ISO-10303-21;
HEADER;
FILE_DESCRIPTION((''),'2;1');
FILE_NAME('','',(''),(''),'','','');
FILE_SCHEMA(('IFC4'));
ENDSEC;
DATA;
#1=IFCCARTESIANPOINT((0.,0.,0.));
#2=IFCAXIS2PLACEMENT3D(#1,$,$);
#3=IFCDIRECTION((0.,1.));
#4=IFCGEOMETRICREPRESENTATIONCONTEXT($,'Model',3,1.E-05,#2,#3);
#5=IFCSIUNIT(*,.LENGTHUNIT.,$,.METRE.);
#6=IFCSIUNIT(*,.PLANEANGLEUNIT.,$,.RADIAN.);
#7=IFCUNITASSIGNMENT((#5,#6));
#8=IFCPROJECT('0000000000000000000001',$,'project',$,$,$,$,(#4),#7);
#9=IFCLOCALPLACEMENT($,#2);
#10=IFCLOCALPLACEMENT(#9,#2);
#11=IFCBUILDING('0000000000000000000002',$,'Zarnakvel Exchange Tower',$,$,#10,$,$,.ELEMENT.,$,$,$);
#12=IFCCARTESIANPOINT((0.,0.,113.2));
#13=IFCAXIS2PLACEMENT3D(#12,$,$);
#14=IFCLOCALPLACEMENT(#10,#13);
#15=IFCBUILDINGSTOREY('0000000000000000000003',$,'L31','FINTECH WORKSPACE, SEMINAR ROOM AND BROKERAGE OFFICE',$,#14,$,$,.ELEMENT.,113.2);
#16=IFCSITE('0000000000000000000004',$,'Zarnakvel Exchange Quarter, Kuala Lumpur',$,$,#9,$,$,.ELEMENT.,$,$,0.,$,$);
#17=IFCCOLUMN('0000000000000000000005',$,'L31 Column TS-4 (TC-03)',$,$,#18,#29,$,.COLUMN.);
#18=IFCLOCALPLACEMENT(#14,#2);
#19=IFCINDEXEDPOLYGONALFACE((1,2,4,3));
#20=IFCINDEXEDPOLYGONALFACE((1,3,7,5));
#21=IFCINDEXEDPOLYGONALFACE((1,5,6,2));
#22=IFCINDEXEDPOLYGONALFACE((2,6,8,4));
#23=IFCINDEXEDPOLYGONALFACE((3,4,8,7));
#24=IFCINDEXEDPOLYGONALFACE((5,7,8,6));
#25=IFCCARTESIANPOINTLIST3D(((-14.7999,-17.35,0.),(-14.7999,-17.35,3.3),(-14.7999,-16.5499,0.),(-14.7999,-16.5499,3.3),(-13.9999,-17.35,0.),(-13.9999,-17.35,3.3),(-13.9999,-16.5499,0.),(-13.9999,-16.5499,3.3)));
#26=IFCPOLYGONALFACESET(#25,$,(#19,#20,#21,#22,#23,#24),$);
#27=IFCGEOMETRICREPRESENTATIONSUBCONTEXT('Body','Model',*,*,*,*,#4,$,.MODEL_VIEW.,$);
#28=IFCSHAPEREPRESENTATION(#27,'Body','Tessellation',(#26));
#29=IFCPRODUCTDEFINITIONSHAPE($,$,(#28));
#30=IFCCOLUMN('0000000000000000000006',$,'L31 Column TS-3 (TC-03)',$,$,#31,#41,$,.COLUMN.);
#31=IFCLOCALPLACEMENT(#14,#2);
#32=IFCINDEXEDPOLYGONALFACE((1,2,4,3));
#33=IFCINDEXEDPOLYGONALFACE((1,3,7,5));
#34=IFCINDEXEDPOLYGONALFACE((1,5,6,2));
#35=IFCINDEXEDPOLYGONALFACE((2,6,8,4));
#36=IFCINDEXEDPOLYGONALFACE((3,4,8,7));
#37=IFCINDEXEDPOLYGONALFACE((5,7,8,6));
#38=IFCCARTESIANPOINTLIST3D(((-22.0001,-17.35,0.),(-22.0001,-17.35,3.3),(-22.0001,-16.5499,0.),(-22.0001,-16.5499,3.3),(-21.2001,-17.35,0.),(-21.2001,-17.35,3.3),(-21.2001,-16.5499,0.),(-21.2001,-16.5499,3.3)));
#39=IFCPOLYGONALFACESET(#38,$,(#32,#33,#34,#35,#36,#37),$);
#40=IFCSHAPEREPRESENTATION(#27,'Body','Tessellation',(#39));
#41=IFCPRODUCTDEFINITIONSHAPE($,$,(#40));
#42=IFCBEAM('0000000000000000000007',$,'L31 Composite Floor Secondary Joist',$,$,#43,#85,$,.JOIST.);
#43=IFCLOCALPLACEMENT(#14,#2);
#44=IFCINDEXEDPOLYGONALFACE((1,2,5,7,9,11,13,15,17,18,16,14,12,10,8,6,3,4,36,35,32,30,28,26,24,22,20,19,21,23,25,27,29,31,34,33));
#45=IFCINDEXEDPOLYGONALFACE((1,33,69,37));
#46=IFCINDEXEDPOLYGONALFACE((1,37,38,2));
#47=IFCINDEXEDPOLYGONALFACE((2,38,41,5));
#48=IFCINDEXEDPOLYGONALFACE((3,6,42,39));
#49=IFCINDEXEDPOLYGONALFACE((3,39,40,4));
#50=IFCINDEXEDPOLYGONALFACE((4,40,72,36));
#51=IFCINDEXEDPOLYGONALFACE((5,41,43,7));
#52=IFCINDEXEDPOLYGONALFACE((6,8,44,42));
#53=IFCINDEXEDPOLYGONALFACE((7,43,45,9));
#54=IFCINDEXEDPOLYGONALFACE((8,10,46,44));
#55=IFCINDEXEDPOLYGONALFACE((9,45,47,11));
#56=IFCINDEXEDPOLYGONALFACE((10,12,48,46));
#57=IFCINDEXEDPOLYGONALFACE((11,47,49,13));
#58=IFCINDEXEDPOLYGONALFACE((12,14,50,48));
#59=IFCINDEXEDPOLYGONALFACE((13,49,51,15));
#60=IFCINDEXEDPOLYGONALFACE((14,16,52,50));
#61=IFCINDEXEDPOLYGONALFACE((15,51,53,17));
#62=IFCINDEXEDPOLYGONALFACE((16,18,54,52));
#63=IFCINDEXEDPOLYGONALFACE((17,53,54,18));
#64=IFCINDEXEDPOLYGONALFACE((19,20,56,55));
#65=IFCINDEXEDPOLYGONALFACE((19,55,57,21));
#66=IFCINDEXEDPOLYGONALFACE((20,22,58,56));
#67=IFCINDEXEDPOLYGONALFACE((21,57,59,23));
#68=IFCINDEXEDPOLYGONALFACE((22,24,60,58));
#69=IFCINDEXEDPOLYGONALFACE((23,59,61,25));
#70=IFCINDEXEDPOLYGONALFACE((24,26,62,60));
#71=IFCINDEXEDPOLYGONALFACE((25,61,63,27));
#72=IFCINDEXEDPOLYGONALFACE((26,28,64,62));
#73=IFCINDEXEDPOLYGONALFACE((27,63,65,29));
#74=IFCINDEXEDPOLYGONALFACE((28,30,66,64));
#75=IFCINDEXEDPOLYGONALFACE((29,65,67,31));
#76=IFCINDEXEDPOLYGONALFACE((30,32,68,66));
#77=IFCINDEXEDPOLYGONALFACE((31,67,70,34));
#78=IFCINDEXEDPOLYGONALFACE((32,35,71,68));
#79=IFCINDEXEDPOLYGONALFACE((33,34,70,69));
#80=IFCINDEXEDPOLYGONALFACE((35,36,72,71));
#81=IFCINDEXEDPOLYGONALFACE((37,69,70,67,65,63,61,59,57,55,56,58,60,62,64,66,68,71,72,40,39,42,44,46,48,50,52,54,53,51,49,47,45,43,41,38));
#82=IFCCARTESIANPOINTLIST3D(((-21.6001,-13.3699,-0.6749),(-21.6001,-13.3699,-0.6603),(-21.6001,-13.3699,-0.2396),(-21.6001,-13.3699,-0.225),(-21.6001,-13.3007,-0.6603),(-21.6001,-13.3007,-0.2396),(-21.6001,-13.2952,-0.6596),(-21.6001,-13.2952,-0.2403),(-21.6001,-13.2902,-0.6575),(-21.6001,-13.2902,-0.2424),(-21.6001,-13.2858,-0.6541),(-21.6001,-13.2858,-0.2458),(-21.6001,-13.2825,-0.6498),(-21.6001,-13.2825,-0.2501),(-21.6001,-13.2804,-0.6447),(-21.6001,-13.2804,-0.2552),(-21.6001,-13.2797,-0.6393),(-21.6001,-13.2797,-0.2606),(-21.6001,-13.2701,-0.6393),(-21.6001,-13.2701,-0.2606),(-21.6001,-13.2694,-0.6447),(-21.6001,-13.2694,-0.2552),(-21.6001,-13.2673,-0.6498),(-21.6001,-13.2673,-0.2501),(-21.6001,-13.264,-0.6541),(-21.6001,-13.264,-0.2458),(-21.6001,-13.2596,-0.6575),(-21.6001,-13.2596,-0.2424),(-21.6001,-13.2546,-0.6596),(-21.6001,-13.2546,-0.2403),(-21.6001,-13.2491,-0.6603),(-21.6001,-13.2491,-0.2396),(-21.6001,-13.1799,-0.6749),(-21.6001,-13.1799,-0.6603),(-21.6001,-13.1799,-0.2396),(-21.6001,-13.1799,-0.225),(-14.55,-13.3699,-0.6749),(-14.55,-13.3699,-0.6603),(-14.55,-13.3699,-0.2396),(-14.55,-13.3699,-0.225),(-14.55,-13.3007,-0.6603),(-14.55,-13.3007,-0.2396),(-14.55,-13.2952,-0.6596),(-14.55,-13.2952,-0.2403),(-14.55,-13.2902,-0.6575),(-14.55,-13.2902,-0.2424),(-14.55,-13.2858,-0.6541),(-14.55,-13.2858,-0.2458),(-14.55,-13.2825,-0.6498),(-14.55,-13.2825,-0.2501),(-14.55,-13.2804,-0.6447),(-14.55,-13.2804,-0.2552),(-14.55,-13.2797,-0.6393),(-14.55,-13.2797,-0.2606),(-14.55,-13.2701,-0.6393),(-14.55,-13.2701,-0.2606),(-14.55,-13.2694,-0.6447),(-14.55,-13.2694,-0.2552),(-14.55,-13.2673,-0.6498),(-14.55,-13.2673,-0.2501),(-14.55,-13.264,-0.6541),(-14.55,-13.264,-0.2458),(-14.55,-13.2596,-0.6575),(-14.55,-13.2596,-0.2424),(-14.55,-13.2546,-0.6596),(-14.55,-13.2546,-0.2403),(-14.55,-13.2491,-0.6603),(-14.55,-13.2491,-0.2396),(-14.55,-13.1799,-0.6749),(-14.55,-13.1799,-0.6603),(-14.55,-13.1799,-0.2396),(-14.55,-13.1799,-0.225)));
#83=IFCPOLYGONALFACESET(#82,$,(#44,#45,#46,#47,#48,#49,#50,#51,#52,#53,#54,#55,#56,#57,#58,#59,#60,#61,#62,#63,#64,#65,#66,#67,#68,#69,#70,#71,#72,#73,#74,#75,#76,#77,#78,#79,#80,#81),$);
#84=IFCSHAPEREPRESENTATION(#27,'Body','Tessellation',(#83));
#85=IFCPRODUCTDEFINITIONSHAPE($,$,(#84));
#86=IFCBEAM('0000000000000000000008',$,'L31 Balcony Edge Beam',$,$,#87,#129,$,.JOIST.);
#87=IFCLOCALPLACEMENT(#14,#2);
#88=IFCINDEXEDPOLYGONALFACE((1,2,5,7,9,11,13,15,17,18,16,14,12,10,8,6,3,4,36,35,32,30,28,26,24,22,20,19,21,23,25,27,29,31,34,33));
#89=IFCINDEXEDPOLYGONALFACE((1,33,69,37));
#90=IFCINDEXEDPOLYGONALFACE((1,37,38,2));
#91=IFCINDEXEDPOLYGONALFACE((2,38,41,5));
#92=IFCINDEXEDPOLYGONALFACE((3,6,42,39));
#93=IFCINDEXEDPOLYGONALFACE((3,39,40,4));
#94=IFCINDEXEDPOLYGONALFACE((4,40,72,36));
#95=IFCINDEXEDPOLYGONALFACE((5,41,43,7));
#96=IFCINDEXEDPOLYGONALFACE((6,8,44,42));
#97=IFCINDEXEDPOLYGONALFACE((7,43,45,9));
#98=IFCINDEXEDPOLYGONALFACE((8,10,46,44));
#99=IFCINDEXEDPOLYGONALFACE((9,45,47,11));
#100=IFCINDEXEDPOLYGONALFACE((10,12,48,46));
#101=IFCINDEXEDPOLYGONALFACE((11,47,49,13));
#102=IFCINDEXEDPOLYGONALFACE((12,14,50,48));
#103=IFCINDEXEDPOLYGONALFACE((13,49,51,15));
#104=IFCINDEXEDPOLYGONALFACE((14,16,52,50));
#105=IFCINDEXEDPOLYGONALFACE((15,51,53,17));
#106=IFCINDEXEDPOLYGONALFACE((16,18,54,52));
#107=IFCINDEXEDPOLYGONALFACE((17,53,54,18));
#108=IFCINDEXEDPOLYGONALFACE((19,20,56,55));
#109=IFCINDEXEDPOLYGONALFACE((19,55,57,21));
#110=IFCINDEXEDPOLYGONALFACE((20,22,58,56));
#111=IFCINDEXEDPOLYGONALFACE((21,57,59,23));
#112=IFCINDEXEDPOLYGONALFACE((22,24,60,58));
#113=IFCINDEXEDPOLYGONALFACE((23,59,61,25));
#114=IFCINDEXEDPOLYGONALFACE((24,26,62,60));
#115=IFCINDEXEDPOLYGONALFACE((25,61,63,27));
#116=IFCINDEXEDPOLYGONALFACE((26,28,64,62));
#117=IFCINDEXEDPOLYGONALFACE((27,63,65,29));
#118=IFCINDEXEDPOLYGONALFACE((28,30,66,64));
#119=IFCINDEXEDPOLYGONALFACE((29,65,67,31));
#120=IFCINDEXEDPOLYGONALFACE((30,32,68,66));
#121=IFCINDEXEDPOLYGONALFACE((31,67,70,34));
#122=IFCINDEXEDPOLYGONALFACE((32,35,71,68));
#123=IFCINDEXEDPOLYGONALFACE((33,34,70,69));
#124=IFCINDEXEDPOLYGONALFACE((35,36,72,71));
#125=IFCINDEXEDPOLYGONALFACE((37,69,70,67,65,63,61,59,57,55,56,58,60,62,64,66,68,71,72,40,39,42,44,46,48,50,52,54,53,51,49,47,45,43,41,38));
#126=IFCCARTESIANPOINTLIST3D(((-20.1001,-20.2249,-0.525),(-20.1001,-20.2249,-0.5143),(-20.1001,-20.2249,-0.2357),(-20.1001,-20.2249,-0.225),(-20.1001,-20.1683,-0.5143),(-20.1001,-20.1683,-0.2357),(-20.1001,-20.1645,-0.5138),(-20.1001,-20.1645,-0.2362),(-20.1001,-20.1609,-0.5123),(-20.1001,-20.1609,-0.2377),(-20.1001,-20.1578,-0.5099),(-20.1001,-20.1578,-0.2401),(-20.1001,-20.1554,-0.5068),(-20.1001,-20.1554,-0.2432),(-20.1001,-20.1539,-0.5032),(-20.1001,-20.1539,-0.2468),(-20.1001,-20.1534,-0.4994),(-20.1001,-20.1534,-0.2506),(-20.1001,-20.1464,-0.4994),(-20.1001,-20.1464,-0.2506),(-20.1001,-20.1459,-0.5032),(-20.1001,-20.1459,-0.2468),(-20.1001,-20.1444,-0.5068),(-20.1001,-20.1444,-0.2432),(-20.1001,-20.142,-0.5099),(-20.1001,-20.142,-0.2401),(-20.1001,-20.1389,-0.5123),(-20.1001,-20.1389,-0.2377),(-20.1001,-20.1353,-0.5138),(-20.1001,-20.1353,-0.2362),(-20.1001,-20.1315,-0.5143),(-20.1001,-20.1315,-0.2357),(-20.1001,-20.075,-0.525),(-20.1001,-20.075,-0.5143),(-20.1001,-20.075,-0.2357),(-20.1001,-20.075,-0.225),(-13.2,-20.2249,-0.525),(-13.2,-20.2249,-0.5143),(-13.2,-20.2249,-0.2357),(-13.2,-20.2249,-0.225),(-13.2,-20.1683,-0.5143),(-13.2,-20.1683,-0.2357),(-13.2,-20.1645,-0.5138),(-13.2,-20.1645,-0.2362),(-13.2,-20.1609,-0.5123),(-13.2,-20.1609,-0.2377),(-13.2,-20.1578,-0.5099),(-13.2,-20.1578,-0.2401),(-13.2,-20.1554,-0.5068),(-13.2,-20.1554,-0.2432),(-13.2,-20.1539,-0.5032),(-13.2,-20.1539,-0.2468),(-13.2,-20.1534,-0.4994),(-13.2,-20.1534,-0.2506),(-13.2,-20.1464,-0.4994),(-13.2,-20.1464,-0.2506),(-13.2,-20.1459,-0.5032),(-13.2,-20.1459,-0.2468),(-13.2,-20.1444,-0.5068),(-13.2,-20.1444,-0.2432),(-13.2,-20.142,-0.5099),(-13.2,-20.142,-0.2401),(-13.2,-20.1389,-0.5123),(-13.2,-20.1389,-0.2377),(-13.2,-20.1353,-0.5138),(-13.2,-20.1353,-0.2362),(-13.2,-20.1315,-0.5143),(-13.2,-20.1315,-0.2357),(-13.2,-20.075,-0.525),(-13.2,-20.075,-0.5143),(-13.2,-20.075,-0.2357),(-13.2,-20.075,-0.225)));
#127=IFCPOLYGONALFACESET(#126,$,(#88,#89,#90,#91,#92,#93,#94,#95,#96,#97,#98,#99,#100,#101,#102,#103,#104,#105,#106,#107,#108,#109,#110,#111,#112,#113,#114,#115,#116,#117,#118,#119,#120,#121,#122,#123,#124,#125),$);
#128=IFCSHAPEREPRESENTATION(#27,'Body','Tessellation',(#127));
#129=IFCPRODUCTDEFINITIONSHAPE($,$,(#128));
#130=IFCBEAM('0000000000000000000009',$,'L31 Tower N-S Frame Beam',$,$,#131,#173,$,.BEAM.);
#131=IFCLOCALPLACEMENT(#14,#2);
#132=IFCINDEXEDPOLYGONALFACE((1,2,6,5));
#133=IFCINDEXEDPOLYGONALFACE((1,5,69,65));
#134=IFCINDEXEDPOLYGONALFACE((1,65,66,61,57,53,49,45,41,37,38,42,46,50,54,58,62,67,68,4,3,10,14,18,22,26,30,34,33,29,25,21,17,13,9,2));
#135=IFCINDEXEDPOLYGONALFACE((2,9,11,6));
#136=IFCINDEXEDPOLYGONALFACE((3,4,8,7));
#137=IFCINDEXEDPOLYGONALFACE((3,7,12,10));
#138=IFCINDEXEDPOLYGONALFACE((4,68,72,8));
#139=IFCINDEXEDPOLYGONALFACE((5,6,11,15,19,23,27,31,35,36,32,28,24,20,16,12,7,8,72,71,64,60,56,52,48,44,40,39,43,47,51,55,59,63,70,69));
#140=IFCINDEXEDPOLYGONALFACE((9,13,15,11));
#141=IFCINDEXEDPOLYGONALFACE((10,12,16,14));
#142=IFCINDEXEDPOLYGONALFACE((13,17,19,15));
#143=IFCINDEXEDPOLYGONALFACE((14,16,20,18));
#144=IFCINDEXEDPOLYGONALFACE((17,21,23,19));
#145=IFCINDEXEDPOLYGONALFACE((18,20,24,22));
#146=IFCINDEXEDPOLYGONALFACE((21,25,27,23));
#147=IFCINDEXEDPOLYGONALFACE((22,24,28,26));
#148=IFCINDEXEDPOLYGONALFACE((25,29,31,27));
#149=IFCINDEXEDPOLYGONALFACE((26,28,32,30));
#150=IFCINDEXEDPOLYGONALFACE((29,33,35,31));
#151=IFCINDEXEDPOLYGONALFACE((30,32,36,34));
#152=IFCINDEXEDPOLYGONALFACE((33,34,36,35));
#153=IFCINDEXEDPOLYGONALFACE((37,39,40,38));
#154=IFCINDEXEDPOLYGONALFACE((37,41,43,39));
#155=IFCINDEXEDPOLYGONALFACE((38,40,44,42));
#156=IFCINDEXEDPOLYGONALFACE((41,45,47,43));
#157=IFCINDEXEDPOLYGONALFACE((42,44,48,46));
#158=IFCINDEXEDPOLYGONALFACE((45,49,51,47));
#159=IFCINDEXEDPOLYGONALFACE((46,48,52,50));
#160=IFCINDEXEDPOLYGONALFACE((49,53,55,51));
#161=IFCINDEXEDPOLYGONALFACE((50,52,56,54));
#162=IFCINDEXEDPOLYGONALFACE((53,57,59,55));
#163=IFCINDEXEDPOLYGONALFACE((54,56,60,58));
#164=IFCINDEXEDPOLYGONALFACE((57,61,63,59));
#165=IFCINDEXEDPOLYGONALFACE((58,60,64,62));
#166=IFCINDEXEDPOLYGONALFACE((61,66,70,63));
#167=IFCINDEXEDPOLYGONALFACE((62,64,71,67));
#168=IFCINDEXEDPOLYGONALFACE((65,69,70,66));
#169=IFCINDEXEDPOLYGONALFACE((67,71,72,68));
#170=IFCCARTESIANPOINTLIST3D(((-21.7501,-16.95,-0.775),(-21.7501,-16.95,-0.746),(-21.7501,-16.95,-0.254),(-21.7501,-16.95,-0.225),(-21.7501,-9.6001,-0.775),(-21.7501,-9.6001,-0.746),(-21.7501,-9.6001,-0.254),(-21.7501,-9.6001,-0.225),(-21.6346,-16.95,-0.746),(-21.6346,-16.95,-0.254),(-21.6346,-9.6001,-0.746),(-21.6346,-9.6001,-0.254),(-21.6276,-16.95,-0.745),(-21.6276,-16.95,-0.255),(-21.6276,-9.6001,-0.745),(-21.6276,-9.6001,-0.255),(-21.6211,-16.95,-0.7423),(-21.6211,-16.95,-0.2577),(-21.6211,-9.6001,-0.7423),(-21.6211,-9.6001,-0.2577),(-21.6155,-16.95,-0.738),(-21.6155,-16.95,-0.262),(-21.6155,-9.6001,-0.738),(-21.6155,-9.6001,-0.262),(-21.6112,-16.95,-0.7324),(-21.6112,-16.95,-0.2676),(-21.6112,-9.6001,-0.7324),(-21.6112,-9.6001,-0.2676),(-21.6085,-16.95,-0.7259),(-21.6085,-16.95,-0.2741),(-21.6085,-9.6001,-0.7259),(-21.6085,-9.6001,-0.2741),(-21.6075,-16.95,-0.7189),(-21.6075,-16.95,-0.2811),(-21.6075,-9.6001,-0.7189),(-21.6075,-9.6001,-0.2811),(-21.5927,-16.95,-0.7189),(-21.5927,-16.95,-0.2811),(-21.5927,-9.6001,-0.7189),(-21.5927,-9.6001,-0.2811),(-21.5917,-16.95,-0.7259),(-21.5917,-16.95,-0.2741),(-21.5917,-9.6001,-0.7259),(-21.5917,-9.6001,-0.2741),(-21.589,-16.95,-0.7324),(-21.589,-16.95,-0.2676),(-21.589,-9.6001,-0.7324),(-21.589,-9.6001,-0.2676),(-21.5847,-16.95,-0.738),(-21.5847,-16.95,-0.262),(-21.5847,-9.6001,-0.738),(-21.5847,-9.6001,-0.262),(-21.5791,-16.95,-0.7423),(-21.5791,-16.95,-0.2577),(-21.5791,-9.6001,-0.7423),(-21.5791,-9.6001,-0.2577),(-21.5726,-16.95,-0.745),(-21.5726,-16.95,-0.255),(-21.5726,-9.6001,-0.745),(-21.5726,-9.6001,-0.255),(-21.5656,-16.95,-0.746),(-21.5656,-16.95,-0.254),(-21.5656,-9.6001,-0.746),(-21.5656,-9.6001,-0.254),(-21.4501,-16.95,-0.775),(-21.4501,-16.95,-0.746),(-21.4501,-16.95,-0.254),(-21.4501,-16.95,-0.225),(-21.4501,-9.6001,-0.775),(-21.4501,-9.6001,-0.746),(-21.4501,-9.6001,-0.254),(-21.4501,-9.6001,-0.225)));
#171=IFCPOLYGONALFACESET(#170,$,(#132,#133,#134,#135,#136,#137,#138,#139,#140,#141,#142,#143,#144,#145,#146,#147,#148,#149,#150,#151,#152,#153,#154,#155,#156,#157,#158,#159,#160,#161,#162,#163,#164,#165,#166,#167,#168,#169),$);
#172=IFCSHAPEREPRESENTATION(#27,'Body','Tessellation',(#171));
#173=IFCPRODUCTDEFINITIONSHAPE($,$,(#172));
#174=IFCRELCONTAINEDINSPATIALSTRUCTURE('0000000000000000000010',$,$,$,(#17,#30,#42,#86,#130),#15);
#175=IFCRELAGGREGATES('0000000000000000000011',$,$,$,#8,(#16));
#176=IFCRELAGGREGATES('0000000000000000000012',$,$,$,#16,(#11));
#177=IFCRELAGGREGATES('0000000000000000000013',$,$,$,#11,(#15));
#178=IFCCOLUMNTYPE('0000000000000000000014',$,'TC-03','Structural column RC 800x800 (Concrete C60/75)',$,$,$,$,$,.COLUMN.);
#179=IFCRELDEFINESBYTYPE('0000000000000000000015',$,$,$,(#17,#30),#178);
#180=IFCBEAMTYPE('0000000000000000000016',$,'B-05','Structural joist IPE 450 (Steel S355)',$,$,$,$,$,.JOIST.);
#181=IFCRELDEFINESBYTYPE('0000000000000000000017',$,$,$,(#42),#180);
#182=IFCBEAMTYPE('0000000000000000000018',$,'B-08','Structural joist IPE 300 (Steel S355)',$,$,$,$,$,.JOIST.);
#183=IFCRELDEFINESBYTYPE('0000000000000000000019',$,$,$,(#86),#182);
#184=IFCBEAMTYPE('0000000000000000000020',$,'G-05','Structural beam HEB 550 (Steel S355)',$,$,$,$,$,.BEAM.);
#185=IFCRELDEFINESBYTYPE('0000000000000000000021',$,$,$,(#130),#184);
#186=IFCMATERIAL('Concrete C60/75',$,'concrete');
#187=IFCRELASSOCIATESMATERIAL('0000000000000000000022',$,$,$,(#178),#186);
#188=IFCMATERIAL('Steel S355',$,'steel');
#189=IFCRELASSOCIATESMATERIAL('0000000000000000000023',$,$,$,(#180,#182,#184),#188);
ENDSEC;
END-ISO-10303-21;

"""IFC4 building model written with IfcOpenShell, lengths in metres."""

from ifc_helpers import new_model, si_unit, direction, frame, origin, origin_2d, place, context, subcontext, project, spatial, rectangle, i_section, extrude, material, material_profile, profile_set, type_object, element, save


model = new_model("IFC4")

# Units and contexts
model_context = context("Model", 3, precision=1e-05, world=origin(), true_north=direction((0.0, 1.0)))
body_context = subcontext(model_context, "Body", "Model", "MODEL_VIEW")
ifc_project = project(units=[si_unit("LENGTHUNIT", "METRE"), si_unit("PLANEANGLEUNIT", "RADIAN")], contexts=[model_context])

# Site, building, storey
site_placement = place(None, origin())
site = spatial("IfcSite", under=ifc_project, at=site_placement, Name="Zarnakvel Exchange Quarter, Kuala Lumpur", CompositionType="ELEMENT", RefElevation=0.0)
building_placement = place(site_placement, origin())
building = spatial("IfcBuilding", under=site, at=building_placement, Name="Zarnakvel Exchange Tower", CompositionType="ELEMENT")
storey_placement = place(building_placement, frame((0.0, 0.0, 113.2)))
storey = spatial("IfcBuildingStorey", under=building, at=storey_placement, Name="L31", Description="FINTECH WORKSPACE, SEMINAR ROOM AND BROKERAGE OFFICE", CompositionType="ELEMENT", Elevation=113.2)

# Columns
ifc_material_1 = material(Name="Concrete C60/75", Category="concrete")
ifc_material_profile_1 = material_profile(ifc_material_1, rectangle(XDim=0.8, YDim=0.8, at=origin_2d()))
ifc_profile_set_1 = profile_set([ifc_material_profile_1], Name="Concrete C60/75")
column_type = type_object("IfcColumnType", Name="TC-03", Description="Structural column RC 800x800 (Concrete C60/75)", PredefinedType="COLUMN", material=ifc_profile_set_1)
for number, where, z_axis, x_axis, name in (
    (1, (-14.3999, -16.95, 0.0), (0.0, 0.0, 1.0), (1.0, 0.0, 0.0), "L31 Column TS-4 (TC-03)"),
    (2, (-21.6001, -16.95, 0.0), (0.0, 0.0, 1.0), (1.0, 0.0, 0.0), "L31 Column TS-3 (TC-03)"),
):
    element("IfcColumn", number, at=place(storey_placement, frame(where, z_axis=z_axis, x_axis=x_axis)), inside=storey, type_object=column_type, Name=name, PredefinedType="COLUMN", context=body_context, shape_type="SweptSolid", body=[
        extrude(rectangle(XDim=0.8, YDim=0.8, at=origin_2d()), origin(), (0.0, 0.0, 1.0), 3.3),
    ])

# Beams
ifc_material_2 = material(Name="Steel S355", Category="steel")
ifc_material_profile_2 = material_profile(ifc_material_2, i_section(OverallWidth=0.1899, OverallDepth=0.45, WebThickness=0.0095, FlangeThickness=0.0146, FilletRadius=0.021, at=origin_2d()))
ifc_profile_set_2 = profile_set([ifc_material_profile_2], Name="Steel S355")
beam_type_1 = type_object("IfcBeamType", Name="B-05", Description="Structural joist IPE 450 (Steel S355)", PredefinedType="JOIST", material=ifc_profile_set_2)
beam_1_placement = place(storey_placement, frame((-21.6001, -13.2749, -0.45), z_axis=(1.0, 0.0, 0.0), x_axis=(0.0, 1.0, 0.0)))
element("IfcBeam", 3, at=beam_1_placement, inside=storey, type_object=beam_type_1, Name="L31 Composite Floor Secondary Joist", PredefinedType="JOIST", context=body_context, shape_type="SweptSolid", body=[
    extrude(i_section(OverallWidth=0.1899, OverallDepth=0.45, WebThickness=0.0095, FlangeThickness=0.0146, FilletRadius=0.021, at=origin_2d()), origin(), (0.0, 0.0, 1.0), 7.05),
])
ifc_material_profile_3 = material_profile(ifc_material_2, i_section(OverallWidth=0.1499, OverallDepth=0.3, WebThickness=0.0071, FlangeThickness=0.0107, FilletRadius=0.0149, at=origin_2d()))
ifc_profile_set_3 = profile_set([ifc_material_profile_3], Name="Steel S355")
beam_type_2 = type_object("IfcBeamType", Name="B-08", Description="Structural joist IPE 300 (Steel S355)", PredefinedType="JOIST", material=ifc_profile_set_3)
beam_2_placement = place(storey_placement, frame((-20.1001, -20.1499, -0.375), z_axis=(1.0, 0.0, 0.0), x_axis=(0.0, 1.0, 0.0)))
element("IfcBeam", 4, at=beam_2_placement, inside=storey, type_object=beam_type_2, Name="L31 Balcony Edge Beam", PredefinedType="JOIST", context=body_context, shape_type="SweptSolid", body=[
    extrude(i_section(OverallWidth=0.1499, OverallDepth=0.3, WebThickness=0.0071, FlangeThickness=0.0107, FilletRadius=0.0149, at=origin_2d()), origin(), (0.0, 0.0, 1.0), 6.9001),
])
ifc_material_profile_4 = material_profile(ifc_material_2, i_section(OverallWidth=0.3, OverallDepth=0.55, WebThickness=0.0149, FlangeThickness=0.0291, FilletRadius=0.0271, at=origin_2d()))
ifc_profile_set_4 = profile_set([ifc_material_profile_4], Name="Steel S355")
beam_type_3 = type_object("IfcBeamType", Name="G-05", Description="Structural beam HEB 550 (Steel S355)", PredefinedType="BEAM", material=ifc_profile_set_4)
for number, where, z_axis, x_axis, name in (
    (5, (-21.6001, -16.95, -0.5), (0.0, 1.0, 0.0), (-1.0, 0.0, 0.0), "L31 Tower N-S Frame Beam"),
):
    element("IfcBeam", number, at=place(storey_placement, frame(where, z_axis=z_axis, x_axis=x_axis)), inside=storey, type_object=beam_type_3, Name=name, PredefinedType="BEAM", context=body_context, shape_type="SweptSolid", body=[
        extrude(i_section(OverallWidth=0.3, OverallDepth=0.55, WebThickness=0.0149, FlangeThickness=0.0291, FilletRadius=0.0271, at=origin_2d()), origin(), (0.0, 0.0, 1.0), 7.3499),
    ])

save(model, "model.ifc")
